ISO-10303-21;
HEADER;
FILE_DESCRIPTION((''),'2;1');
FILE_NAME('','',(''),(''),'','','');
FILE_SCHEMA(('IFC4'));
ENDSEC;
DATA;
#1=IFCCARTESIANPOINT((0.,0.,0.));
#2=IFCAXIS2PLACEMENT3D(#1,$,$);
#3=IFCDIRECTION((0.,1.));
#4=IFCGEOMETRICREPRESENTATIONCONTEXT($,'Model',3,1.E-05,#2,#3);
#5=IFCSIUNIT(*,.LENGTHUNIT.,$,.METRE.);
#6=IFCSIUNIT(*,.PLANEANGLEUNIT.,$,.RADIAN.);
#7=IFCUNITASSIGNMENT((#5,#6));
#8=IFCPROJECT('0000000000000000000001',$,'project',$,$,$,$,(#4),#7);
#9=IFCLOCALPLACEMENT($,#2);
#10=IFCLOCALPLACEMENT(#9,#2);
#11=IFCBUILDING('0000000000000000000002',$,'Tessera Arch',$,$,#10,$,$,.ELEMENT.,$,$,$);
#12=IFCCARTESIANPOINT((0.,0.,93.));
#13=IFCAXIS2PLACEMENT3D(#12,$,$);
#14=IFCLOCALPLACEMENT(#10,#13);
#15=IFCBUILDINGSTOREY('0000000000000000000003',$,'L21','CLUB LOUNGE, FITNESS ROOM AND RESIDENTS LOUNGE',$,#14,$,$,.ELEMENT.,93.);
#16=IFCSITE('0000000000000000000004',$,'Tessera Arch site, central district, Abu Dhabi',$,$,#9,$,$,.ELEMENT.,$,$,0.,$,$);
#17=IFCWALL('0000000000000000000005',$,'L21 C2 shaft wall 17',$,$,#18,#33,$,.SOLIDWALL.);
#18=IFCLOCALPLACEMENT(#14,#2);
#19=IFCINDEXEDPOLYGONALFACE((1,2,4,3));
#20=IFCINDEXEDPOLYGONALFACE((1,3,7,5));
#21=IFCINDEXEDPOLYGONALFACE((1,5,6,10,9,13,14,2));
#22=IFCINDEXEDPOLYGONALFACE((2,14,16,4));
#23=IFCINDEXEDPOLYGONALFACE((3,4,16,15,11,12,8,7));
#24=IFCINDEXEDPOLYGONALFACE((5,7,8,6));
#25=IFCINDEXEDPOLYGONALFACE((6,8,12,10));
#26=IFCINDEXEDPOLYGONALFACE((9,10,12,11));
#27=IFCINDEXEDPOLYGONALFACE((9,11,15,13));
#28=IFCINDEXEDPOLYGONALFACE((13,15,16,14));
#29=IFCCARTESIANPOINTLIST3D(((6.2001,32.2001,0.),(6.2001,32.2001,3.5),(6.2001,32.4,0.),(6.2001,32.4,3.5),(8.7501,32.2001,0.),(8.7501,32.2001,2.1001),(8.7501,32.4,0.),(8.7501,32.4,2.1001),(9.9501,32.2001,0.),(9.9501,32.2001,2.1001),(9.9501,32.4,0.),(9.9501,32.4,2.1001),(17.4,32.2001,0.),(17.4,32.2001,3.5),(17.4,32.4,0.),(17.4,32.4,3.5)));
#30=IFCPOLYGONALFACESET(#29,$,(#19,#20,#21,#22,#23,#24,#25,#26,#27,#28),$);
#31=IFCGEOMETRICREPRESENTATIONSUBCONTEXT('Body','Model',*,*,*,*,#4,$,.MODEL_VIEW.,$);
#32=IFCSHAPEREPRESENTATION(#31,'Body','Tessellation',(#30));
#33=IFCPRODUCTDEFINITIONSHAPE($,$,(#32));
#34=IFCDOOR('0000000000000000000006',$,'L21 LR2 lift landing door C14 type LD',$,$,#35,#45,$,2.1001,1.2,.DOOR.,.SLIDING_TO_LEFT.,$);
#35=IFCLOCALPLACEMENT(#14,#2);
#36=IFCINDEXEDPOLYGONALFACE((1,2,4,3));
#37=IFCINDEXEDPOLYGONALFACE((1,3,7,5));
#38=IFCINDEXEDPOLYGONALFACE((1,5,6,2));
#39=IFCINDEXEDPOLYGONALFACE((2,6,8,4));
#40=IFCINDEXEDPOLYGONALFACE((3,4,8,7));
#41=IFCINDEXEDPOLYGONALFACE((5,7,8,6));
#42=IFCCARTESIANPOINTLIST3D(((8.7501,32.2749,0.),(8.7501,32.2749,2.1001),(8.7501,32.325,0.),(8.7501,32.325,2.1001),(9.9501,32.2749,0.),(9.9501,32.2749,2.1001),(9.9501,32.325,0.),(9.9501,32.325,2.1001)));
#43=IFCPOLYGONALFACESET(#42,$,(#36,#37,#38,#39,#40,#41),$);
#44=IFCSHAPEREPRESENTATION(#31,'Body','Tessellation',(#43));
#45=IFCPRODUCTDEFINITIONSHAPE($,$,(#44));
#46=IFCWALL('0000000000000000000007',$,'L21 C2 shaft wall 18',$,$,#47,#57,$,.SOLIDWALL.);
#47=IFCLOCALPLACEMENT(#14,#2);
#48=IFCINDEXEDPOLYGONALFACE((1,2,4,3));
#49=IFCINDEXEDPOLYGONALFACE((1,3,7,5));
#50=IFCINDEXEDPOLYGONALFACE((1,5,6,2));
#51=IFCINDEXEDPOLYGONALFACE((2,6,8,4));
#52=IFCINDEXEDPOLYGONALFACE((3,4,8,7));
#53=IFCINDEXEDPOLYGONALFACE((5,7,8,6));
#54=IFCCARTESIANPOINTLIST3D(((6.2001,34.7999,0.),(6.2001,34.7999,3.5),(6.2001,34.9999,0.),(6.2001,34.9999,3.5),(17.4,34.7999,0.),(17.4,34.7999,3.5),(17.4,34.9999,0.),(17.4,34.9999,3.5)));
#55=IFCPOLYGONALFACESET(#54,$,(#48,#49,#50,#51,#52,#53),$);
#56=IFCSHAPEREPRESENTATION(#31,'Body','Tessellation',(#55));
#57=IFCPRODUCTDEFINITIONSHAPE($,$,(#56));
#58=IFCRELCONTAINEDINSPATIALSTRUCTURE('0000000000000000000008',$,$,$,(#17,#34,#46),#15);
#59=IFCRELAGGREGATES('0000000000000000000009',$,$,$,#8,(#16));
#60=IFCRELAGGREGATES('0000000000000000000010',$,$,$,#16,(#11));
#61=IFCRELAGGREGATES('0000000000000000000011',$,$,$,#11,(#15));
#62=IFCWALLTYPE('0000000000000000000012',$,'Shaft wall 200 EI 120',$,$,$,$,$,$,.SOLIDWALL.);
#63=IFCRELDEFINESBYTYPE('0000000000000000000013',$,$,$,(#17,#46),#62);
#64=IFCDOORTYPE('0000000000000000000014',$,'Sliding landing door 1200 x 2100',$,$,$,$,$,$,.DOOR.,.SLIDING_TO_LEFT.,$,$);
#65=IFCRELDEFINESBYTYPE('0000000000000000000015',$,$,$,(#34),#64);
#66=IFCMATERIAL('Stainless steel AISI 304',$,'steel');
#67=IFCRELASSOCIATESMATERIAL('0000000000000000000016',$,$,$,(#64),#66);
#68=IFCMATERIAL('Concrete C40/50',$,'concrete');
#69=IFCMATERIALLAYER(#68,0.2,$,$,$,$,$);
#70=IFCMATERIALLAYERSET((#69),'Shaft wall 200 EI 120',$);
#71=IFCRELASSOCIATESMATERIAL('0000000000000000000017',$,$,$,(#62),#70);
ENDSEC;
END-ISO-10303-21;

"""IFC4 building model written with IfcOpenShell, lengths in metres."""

from ifc_helpers import new_model, si_unit, direction, frame, frame_2d, origin, place, context, subcontext, project, spatial, rectangle, extrude, material, layer, layer_set, type_object, element, fill, save


model = new_model("IFC4")

# Units and contexts
model_context = context("Model", 3, precision=1e-05, world=origin(), true_north=direction((0.0, 1.0)))
body_context = subcontext(model_context, "Body", "Model", "MODEL_VIEW")
ifc_project = project(units=[si_unit("LENGTHUNIT", "METRE"), si_unit("PLANEANGLEUNIT", "RADIAN")], contexts=[model_context])

# Site, building, storey
site_placement = place(None, origin())
site = spatial("IfcSite", under=ifc_project, at=site_placement, Name="Tessera Arch site, central district, Abu Dhabi", CompositionType="ELEMENT", RefElevation=0.0)
building_placement = place(site_placement, origin())
building = spatial("IfcBuilding", under=site, at=building_placement, Name="Tessera Arch", CompositionType="ELEMENT")
storey_placement = place(building_placement, frame((0.0, 0.0, 93.0)))
storey = spatial("IfcBuildingStorey", under=building, at=storey_placement, Name="L21", Description="CLUB LOUNGE, FITNESS ROOM AND RESIDENTS LOUNGE", CompositionType="ELEMENT", Elevation=93.0)

# Shared definitions
ifc_material_1 = material(Name="Stainless steel AISI 304", Category="steel")
door_type_1 = type_object("IfcDoorType", Name="Sliding landing door 1200 x 2100", OperationType="SLIDING_TO_LEFT", PredefinedType="DOOR", material=ifc_material_1)

# Shared definitions
ifc_material_2 = material(Name="Concrete C40/50", Category="concrete")
ifc_layer_1 = layer(ifc_material_2, 0.2)
ifc_layer_set_1 = layer_set([ifc_layer_1], Name="Shaft wall 200 EI 120")
wall_type_1 = type_object("IfcWallType", Name="Shaft wall 200 EI 120", PredefinedType="SOLIDWALL", material=ifc_layer_set_1)

# Wall, opening, door
wall_1_placement = place(storey_placement, frame((6.2, 32.3, 0.0), z_axis=(0.0, 0.0, 1.0), x_axis=(1.0, 0.0, 0.0)))
wall_1 = element("IfcWall", 1, at=wall_1_placement, inside=storey, type_object=wall_type_1, Name="L21 C2 shaft wall 17", PredefinedType="SOLIDWALL", context=body_context, shape_type="SweptSolid", body=[
    extrude(rectangle(XDim=11.2, YDim=0.2, at=frame_2d((5.6001, 0.0))), origin(), (0.0, 0.0, 1.0), 3.5),
])
opening_1_placement = place(wall_1_placement, frame((2.55, 0.0, 0.0)))
opening_1 = element("IfcOpeningElement", 2, at=opening_1_placement, cuts=wall_1, PredefinedType="OPENING", context=body_context, shape_type="SweptSolid", body=[
    extrude(rectangle(XDim=1.2, YDim=2.1001, at=frame_2d((0.6001, 1.05))), frame((0.0, 0.1099, 0.0), z_axis=(0.0, -1.0, 0.0), x_axis=(1.0, 0.0, 0.0)), (0.0, 0.0, 1.0), 0.22),
])
door_1_placement = place(opening_1_placement, origin())
door_1 = element("IfcDoor", 3, at=door_1_placement, inside=storey, type_object=door_type_1, Name="L21 LR2 lift landing door C14 type LD", OperationType="SLIDING_TO_LEFT", OverallHeight=2.1001, OverallWidth=1.2, PredefinedType="DOOR", context=body_context, shape_type="SweptSolid", body=[
    extrude(rectangle(XDim=1.2, YDim=2.1001, at=frame_2d((0.6001, 1.05))), frame((0.0, 0.0249, 0.0), z_axis=(0.0, -1.0, 0.0), x_axis=(1.0, 0.0, 0.0)), (0.0, 0.0, 1.0), 0.05),
])
fill(opening_1, door_1)

# Wall
wall_2_placement = place(storey_placement, frame((6.2, 34.8999, 0.0), z_axis=(0.0, 0.0, 1.0), x_axis=(1.0, 0.0, 0.0)))
element("IfcWall", 4, at=wall_2_placement, inside=storey, type_object=wall_type_1, Name="L21 C2 shaft wall 18", PredefinedType="SOLIDWALL", context=body_context, shape_type="SweptSolid", body=[
    extrude(rectangle(XDim=11.2, YDim=0.2, at=frame_2d((5.6001, 0.0))), origin(), (0.0, 0.0, 1.0), 3.5),
])

save(model, "model.ifc")
